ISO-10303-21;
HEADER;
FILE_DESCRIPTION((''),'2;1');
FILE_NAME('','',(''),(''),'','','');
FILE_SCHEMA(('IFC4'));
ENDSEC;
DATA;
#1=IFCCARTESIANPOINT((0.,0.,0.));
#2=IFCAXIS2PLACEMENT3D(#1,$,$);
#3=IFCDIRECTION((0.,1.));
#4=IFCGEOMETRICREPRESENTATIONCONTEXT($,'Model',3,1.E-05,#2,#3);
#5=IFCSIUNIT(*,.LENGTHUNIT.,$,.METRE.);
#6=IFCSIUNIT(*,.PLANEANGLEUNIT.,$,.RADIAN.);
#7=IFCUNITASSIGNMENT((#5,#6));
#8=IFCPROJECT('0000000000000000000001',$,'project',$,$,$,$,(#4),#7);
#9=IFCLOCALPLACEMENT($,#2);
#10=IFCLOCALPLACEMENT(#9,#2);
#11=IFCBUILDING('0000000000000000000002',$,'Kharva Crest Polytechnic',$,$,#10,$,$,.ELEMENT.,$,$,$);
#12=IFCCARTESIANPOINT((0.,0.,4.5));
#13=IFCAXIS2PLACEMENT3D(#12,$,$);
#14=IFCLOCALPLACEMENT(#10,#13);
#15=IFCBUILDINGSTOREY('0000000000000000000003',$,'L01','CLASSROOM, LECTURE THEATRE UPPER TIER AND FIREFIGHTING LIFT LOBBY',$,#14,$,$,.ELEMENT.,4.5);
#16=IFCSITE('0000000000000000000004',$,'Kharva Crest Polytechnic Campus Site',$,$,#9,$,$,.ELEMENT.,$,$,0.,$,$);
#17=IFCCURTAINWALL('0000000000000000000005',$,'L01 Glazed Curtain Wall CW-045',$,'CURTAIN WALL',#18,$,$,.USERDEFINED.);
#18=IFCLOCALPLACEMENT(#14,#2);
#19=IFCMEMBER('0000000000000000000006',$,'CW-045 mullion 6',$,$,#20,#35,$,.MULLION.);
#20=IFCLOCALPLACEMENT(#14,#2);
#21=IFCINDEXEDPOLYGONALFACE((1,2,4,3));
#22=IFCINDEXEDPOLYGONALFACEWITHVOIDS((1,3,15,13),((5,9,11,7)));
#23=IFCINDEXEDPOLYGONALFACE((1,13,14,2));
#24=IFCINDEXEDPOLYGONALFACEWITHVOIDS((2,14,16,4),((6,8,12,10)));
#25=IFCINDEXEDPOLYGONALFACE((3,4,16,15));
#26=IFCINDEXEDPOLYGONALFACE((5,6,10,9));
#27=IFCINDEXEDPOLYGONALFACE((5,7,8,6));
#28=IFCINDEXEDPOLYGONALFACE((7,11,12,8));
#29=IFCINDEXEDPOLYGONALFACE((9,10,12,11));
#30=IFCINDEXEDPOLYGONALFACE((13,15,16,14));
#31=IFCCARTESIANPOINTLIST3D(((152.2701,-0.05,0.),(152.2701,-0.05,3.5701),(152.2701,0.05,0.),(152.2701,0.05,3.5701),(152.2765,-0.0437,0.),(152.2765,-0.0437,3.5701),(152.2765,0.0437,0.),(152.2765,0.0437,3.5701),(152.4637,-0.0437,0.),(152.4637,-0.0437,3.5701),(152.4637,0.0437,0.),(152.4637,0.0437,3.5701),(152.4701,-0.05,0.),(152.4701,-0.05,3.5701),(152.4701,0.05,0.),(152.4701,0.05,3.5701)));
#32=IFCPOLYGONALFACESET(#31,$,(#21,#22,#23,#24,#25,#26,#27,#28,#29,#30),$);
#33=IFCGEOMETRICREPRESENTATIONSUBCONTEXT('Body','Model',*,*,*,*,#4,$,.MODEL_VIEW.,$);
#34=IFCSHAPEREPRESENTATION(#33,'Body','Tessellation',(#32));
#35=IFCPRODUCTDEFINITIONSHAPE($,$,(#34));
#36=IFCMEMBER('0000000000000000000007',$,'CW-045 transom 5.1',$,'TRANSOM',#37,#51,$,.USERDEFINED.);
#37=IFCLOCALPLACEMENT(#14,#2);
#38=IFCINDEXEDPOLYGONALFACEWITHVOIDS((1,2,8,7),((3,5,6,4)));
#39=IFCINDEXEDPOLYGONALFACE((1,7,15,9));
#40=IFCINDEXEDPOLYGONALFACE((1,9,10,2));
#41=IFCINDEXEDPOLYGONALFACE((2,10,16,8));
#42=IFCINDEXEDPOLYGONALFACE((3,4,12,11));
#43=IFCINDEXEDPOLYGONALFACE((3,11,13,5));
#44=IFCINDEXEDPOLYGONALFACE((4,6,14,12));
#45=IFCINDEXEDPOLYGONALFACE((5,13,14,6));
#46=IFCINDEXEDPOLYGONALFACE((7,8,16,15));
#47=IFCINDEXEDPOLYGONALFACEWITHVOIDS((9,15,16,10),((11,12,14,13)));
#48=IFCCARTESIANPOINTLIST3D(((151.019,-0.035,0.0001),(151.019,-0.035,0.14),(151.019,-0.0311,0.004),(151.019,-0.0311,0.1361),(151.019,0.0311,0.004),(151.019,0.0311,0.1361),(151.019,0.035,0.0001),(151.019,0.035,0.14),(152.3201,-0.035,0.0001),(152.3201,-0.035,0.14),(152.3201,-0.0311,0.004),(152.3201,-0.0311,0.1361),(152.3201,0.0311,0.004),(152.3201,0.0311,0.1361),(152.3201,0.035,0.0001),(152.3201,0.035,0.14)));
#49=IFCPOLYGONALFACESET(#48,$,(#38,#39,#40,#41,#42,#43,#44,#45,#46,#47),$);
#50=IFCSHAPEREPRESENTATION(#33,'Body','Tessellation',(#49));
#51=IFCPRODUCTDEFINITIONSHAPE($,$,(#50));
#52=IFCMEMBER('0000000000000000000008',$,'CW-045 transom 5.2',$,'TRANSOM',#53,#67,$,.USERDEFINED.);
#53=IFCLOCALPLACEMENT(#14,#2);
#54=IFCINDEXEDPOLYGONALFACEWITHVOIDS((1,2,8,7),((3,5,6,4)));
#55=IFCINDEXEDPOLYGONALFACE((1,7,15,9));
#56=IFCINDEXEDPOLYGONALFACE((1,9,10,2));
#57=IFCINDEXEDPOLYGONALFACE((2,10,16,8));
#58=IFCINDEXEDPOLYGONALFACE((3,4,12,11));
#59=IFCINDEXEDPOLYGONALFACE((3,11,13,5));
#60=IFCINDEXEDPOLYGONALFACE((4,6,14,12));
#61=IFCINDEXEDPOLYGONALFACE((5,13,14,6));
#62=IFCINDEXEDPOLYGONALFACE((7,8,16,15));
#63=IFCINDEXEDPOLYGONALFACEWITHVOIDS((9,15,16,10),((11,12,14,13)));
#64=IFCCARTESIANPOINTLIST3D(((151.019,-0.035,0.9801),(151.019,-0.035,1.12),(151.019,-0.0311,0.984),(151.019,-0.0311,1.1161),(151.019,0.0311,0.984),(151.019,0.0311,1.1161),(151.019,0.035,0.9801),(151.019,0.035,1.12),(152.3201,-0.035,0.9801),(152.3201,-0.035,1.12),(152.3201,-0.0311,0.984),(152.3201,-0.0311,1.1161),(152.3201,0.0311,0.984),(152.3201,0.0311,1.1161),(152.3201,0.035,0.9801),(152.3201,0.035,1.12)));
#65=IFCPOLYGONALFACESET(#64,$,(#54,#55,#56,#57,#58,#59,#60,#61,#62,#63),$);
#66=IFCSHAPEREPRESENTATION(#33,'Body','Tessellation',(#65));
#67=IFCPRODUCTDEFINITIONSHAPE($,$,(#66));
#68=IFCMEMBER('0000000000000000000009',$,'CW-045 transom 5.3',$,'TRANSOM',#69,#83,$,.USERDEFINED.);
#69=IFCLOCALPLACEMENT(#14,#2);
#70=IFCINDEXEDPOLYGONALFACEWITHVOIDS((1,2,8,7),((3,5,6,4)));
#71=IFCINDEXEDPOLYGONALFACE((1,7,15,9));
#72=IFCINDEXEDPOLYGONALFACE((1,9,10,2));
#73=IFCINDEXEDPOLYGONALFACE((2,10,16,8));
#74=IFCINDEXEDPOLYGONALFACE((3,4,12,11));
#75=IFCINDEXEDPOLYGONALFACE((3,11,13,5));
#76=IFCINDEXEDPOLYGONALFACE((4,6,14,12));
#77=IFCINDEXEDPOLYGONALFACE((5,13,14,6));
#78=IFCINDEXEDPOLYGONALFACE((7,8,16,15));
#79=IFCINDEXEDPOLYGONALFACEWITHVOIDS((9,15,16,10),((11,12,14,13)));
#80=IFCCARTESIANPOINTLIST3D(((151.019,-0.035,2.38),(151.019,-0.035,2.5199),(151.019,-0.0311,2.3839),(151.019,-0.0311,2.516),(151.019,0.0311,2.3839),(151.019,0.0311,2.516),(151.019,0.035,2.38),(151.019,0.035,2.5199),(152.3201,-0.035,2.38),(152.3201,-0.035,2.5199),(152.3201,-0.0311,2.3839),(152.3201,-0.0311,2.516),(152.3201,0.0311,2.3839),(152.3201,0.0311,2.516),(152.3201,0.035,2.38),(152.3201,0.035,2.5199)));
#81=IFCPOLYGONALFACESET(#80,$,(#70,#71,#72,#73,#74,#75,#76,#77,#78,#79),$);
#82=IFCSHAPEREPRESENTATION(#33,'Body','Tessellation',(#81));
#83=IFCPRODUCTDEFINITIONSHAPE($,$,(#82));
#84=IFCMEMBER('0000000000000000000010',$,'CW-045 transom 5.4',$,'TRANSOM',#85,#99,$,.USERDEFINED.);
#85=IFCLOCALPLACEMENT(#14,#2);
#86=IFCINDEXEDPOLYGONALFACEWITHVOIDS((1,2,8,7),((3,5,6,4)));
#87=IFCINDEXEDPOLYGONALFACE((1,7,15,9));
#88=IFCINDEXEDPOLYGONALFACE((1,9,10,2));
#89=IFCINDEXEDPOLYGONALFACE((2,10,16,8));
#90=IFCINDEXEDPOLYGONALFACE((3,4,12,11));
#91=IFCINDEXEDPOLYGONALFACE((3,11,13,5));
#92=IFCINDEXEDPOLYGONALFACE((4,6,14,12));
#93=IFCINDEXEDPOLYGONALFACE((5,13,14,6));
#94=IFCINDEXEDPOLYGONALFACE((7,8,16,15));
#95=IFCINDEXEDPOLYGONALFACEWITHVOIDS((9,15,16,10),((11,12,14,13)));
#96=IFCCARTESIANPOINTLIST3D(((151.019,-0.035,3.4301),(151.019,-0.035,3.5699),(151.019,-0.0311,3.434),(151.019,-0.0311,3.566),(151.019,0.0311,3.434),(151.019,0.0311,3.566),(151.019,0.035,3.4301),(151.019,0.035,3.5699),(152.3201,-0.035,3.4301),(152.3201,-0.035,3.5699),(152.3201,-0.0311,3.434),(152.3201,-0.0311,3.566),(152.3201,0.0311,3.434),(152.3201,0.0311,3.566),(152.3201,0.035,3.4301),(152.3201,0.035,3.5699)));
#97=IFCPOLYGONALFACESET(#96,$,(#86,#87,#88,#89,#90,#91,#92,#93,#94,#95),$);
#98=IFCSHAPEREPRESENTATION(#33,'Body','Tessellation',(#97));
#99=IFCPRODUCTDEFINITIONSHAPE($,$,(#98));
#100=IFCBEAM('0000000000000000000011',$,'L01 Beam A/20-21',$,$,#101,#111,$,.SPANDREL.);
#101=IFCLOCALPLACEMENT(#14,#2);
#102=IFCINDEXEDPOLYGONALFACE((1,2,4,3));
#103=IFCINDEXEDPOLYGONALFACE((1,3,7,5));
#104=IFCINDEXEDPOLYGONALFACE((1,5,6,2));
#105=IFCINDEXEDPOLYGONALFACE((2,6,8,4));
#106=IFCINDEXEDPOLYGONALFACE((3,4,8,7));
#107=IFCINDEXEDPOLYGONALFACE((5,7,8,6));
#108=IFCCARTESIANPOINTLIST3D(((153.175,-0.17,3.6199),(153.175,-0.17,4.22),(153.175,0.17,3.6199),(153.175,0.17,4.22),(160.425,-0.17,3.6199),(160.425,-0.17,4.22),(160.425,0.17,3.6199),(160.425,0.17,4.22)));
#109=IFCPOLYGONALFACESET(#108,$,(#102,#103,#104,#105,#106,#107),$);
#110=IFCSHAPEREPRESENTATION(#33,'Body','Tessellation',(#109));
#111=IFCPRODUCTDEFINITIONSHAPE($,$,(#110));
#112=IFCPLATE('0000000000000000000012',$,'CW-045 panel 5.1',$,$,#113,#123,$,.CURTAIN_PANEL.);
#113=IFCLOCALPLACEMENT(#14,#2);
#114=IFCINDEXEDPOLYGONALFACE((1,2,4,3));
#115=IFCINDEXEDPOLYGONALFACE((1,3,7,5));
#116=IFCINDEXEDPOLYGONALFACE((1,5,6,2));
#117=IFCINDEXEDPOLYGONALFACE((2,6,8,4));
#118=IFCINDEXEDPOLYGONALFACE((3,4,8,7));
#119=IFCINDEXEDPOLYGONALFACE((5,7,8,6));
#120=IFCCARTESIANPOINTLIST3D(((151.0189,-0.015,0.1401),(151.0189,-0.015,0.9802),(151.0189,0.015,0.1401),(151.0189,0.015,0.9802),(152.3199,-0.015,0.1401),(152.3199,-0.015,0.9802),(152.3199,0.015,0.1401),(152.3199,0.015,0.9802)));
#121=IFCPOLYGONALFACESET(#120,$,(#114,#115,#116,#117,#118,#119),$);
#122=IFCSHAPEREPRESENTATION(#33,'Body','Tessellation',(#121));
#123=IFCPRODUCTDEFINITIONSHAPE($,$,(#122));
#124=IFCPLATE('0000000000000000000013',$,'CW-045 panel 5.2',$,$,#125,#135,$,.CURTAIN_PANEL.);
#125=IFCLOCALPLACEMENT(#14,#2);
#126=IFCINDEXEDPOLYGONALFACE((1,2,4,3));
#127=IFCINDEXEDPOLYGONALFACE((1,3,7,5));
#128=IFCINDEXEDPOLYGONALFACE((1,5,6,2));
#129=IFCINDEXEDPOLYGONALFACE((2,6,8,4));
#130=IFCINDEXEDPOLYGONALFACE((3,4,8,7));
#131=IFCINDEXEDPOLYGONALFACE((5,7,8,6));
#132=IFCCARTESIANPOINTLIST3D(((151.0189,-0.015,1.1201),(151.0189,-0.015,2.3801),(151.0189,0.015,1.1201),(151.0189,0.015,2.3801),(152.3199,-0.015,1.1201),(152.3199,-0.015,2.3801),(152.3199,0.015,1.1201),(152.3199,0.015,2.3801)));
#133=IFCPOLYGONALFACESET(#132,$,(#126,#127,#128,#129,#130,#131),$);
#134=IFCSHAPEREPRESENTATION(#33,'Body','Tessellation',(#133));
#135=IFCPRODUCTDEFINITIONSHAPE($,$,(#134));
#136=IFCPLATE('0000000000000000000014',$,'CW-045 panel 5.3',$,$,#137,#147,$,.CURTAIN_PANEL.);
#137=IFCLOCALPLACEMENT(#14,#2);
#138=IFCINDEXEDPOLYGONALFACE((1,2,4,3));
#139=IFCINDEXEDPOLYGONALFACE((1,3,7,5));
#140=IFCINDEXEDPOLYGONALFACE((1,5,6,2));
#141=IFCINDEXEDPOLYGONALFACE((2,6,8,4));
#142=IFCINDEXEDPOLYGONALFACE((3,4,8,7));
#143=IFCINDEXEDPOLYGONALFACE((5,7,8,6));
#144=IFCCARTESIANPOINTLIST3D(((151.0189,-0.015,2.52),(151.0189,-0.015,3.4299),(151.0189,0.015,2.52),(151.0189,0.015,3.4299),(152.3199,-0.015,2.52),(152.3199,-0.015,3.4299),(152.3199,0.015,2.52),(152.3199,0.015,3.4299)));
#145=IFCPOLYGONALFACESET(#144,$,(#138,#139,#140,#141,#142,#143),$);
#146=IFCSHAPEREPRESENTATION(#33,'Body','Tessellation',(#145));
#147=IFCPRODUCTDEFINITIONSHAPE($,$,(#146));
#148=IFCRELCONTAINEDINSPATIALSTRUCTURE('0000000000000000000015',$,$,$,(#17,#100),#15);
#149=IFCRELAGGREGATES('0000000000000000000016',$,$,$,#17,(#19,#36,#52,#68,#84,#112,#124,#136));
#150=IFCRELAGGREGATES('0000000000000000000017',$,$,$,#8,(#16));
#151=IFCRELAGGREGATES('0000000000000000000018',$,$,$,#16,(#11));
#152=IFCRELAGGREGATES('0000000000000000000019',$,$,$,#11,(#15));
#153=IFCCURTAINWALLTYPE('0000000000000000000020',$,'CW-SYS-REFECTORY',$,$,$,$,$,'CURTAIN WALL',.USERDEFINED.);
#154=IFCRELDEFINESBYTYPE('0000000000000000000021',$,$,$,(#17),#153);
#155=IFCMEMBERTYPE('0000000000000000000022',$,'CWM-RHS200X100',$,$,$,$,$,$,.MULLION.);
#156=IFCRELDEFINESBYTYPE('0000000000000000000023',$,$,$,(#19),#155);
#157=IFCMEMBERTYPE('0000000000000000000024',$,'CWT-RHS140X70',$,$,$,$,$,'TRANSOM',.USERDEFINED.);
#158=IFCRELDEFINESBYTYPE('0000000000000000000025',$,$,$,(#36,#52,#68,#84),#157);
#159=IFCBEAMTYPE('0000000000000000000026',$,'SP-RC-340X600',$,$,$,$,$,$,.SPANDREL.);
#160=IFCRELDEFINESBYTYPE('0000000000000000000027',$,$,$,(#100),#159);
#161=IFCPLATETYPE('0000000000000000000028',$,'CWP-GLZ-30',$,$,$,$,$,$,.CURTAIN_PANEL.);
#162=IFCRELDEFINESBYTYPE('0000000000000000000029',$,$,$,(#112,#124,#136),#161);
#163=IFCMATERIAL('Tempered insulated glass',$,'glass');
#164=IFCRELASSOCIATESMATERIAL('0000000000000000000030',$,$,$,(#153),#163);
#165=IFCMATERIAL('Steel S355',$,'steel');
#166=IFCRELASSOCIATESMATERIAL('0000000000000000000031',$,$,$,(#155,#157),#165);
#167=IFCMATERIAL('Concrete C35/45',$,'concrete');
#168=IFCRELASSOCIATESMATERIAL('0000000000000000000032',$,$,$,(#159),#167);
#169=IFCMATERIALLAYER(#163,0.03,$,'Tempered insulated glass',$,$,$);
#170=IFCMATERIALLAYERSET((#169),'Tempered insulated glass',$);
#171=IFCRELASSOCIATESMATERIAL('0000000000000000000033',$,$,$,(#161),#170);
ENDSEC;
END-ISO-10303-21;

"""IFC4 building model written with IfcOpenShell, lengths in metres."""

from ifc_helpers import new_model, si_unit, direction, frame, origin, origin_2d, place, context, subcontext, project, spatial, rectangle, hollow_rectangle, extrude, material, layer, layer_set, material_profile, profile_set, type_object, element, aggregate, save


model = new_model("IFC4")

# Units and contexts
model_context = context("Model", 3, precision=1e-05, world=origin(), true_north=direction((0.0, 1.0)))
body_context = subcontext(model_context, "Body", "Model", "MODEL_VIEW")
ifc_project = project(units=[si_unit("LENGTHUNIT", "METRE"), si_unit("PLANEANGLEUNIT", "RADIAN")], contexts=[model_context])

# Site, building, storey
site_placement = place(None, origin())
site = spatial("IfcSite", under=ifc_project, at=site_placement, Name="Kharva Crest Polytechnic Campus Site", CompositionType="ELEMENT", RefElevation=0.0)
building_placement = place(site_placement, origin())
building = spatial("IfcBuilding", under=site, at=building_placement, Name="Kharva Crest Polytechnic", CompositionType="ELEMENT")
storey_placement = place(building_placement, frame((0.0, 0.0, 4.5)))
storey = spatial("IfcBuildingStorey", under=building, at=storey_placement, Name="L01", Description="CLASSROOM, LECTURE THEATRE UPPER TIER AND FIREFIGHTING LIFT LOBBY", CompositionType="ELEMENT", Elevation=4.5)

# Shared definitions
ifc_material_1 = material(Name="Concrete C35/45", Category="concrete")
ifc_material_2 = material(Name="Steel S355", Category="steel")

# Curtain wall, members
ifc_material_3 = material(Name="Tempered insulated glass", Category="glass")
curtain_wall_type = type_object("IfcCurtainWallType", Name="CW-SYS-REFECTORY", ElementType="CURTAIN WALL", PredefinedType="USERDEFINED", material=ifc_material_3)
curtain_wall_placement = place(storey_placement, origin())
curtain_wall = element("IfcCurtainWall", 1, at=curtain_wall_placement, inside=storey, type_object=curtain_wall_type, Name="L01 Glazed Curtain Wall CW-045", ObjectType="CURTAIN WALL", PredefinedType="USERDEFINED")
ifc_material_profile_1 = material_profile(ifc_material_2, hollow_rectangle(XDim=0.1001, YDim=0.2, WallThickness=0.0063, at=origin_2d()), Name="RHS 200X100X6.3")
ifc_profile_set_1 = profile_set([ifc_material_profile_1], Name="Steel S355")
member_type_1 = type_object("IfcMemberType", Name="CWM-RHS200X100", PredefinedType="MULLION", material=ifc_profile_set_1)
member_1_placement = place(storey_placement, frame((152.3701, 0.0, 0.0), z_axis=(0.0, 0.0, 1.0), x_axis=(0.0, 1.0, 0.0)))
member_1 = element("IfcMember", 2, at=member_1_placement, type_object=member_type_1, Name="CW-045 mullion 6", PredefinedType="MULLION", context=body_context, shape_type="SweptSolid", body=[
    extrude(hollow_rectangle(XDim=0.1001, YDim=0.2, WallThickness=0.0063, at=origin_2d()), origin(), (0.0, 0.0, 1.0), 3.5701),
])
ifc_material_profile_2 = material_profile(ifc_material_2, hollow_rectangle(XDim=0.0701, YDim=0.1399, WallThickness=0.0039, at=origin_2d()), Name="RHS 140X70X4.0")
ifc_profile_set_2 = profile_set([ifc_material_profile_2], Name="Steel S355")
member_type_2 = type_object("IfcMemberType", Name="CWT-RHS140X70", ElementType="TRANSOM", PredefinedType="USERDEFINED", material=ifc_profile_set_2)
member_2_placement = place(storey_placement, frame((151.019, 0.0, 0.0701), z_axis=(1.0, 0.0, 0.0), x_axis=(0.0, 1.0, 0.0)))
member_2 = element("IfcMember", 3, at=member_2_placement, type_object=member_type_2, Name="CW-045 transom 5.1", ObjectType="TRANSOM", PredefinedType="USERDEFINED", context=body_context, shape_type="SweptSolid", body=[
    extrude(hollow_rectangle(XDim=0.0701, YDim=0.1399, WallThickness=0.0039, at=origin_2d()), origin(), (0.0, 0.0, 1.0), 1.301),
])
member_3_placement = place(storey_placement, frame((151.019, 0.0, 1.05), z_axis=(1.0, 0.0, 0.0), x_axis=(0.0, 1.0, 0.0)))
member_3 = element("IfcMember", 4, at=member_3_placement, type_object=member_type_2, Name="CW-045 transom 5.2", ObjectType="TRANSOM", PredefinedType="USERDEFINED", context=body_context, shape_type="SweptSolid", body=[
    extrude(hollow_rectangle(XDim=0.0701, YDim=0.1399, WallThickness=0.0039, at=origin_2d()), origin(), (0.0, 0.0, 1.0), 1.301),
])
member_4_placement = place(storey_placement, frame((151.019, 0.0, 2.45), z_axis=(1.0, 0.0, 0.0), x_axis=(0.0, 1.0, 0.0)))
member_4 = element("IfcMember", 5, at=member_4_placement, type_object=member_type_2, Name="CW-045 transom 5.3", ObjectType="TRANSOM", PredefinedType="USERDEFINED", context=body_context, shape_type="SweptSolid", body=[
    extrude(hollow_rectangle(XDim=0.0701, YDim=0.1399, WallThickness=0.0039, at=origin_2d()), origin(), (0.0, 0.0, 1.0), 1.301),
])
member_5_placement = place(storey_placement, frame((151.019, 0.0, 3.5), z_axis=(1.0, 0.0, 0.0), x_axis=(0.0, 1.0, 0.0)))
member_5 = element("IfcMember", 6, at=member_5_placement, type_object=member_type_2, Name="CW-045 transom 5.4", ObjectType="TRANSOM", PredefinedType="USERDEFINED", context=body_context, shape_type="SweptSolid", body=[
    extrude(hollow_rectangle(XDim=0.0701, YDim=0.1399, WallThickness=0.0039, at=origin_2d()), origin(), (0.0, 0.0, 1.0), 1.301),
])

# Beam
ifc_material_profile_3 = material_profile(ifc_material_1, rectangle(XDim=0.3401, YDim=0.6001, at=origin_2d()), Name="RECT 340 X 600")
ifc_profile_set_3 = profile_set([ifc_material_profile_3], Name="Concrete C35/45")
beam_type_1 = type_object("IfcBeamType", Name="SP-RC-340X600", PredefinedType="SPANDREL", material=ifc_profile_set_3)
beam_1_placement = place(storey_placement, frame((153.175, 0.0, 3.9199), z_axis=(1.0, 0.0, 0.0), x_axis=(0.0, 1.0, 0.0)))
element("IfcBeam", 7, at=beam_1_placement, inside=storey, type_object=beam_type_1, Name="L01 Beam A/20-21", PredefinedType="SPANDREL", context=body_context, shape_type="SweptSolid", body=[
    extrude(rectangle(XDim=0.3401, YDim=0.6001, at=origin_2d()), origin(), (0.0, 0.0, 1.0), 7.25),
])

# Plates
ifc_layer_1 = layer(ifc_material_3, 0.03, Name="Tempered insulated glass")
ifc_layer_set_1 = layer_set([ifc_layer_1], Name="Tempered insulated glass")
plate_type = type_object("IfcPlateType", Name="CWP-GLZ-30", PredefinedType="CURTAIN_PANEL", material=ifc_layer_set_1)
plate_1_placement = place(storey_placement, frame((151.6694, 0.0, 0.1401), z_axis=(0.0, 0.0, 1.0), x_axis=(1.0, 0.0, 0.0)))
plate_1 = element("IfcPlate", 8, at=plate_1_placement, type_object=plate_type, Name="CW-045 panel 5.1", PredefinedType="CURTAIN_PANEL", context=body_context, shape_type="SweptSolid", body=[
    extrude(rectangle(XDim=1.301, YDim=0.03, at=origin_2d()), origin(), (0.0, 0.0, 1.0), 0.8401),
])
plate_2_placement = place(storey_placement, frame((151.6694, 0.0, 1.1201), z_axis=(0.0, 0.0, 1.0), x_axis=(1.0, 0.0, 0.0)))
plate_2 = element("IfcPlate", 9, at=plate_2_placement, type_object=plate_type, Name="CW-045 panel 5.2", PredefinedType="CURTAIN_PANEL", context=body_context, shape_type="SweptSolid", body=[
    extrude(rectangle(XDim=1.301, YDim=0.03, at=origin_2d()), origin(), (0.0, 0.0, 1.0), 1.26),
])
plate_3_placement = place(storey_placement, frame((151.6694, 0.0, 2.52), z_axis=(0.0, 0.0, 1.0), x_axis=(1.0, 0.0, 0.0)))
plate_3 = element("IfcPlate", 10, at=plate_3_placement, type_object=plate_type, Name="CW-045 panel 5.3", PredefinedType="CURTAIN_PANEL", context=body_context, shape_type="SweptSolid", body=[
    extrude(rectangle(XDim=1.301, YDim=0.03, at=origin_2d()), origin(), (0.0, 0.0, 1.0), 0.9099),
])
aggregate(curtain_wall, [member_1, member_2, member_3, member_4, member_5, plate_1, plate_2, plate_3])

save(model, "model.ifc")
